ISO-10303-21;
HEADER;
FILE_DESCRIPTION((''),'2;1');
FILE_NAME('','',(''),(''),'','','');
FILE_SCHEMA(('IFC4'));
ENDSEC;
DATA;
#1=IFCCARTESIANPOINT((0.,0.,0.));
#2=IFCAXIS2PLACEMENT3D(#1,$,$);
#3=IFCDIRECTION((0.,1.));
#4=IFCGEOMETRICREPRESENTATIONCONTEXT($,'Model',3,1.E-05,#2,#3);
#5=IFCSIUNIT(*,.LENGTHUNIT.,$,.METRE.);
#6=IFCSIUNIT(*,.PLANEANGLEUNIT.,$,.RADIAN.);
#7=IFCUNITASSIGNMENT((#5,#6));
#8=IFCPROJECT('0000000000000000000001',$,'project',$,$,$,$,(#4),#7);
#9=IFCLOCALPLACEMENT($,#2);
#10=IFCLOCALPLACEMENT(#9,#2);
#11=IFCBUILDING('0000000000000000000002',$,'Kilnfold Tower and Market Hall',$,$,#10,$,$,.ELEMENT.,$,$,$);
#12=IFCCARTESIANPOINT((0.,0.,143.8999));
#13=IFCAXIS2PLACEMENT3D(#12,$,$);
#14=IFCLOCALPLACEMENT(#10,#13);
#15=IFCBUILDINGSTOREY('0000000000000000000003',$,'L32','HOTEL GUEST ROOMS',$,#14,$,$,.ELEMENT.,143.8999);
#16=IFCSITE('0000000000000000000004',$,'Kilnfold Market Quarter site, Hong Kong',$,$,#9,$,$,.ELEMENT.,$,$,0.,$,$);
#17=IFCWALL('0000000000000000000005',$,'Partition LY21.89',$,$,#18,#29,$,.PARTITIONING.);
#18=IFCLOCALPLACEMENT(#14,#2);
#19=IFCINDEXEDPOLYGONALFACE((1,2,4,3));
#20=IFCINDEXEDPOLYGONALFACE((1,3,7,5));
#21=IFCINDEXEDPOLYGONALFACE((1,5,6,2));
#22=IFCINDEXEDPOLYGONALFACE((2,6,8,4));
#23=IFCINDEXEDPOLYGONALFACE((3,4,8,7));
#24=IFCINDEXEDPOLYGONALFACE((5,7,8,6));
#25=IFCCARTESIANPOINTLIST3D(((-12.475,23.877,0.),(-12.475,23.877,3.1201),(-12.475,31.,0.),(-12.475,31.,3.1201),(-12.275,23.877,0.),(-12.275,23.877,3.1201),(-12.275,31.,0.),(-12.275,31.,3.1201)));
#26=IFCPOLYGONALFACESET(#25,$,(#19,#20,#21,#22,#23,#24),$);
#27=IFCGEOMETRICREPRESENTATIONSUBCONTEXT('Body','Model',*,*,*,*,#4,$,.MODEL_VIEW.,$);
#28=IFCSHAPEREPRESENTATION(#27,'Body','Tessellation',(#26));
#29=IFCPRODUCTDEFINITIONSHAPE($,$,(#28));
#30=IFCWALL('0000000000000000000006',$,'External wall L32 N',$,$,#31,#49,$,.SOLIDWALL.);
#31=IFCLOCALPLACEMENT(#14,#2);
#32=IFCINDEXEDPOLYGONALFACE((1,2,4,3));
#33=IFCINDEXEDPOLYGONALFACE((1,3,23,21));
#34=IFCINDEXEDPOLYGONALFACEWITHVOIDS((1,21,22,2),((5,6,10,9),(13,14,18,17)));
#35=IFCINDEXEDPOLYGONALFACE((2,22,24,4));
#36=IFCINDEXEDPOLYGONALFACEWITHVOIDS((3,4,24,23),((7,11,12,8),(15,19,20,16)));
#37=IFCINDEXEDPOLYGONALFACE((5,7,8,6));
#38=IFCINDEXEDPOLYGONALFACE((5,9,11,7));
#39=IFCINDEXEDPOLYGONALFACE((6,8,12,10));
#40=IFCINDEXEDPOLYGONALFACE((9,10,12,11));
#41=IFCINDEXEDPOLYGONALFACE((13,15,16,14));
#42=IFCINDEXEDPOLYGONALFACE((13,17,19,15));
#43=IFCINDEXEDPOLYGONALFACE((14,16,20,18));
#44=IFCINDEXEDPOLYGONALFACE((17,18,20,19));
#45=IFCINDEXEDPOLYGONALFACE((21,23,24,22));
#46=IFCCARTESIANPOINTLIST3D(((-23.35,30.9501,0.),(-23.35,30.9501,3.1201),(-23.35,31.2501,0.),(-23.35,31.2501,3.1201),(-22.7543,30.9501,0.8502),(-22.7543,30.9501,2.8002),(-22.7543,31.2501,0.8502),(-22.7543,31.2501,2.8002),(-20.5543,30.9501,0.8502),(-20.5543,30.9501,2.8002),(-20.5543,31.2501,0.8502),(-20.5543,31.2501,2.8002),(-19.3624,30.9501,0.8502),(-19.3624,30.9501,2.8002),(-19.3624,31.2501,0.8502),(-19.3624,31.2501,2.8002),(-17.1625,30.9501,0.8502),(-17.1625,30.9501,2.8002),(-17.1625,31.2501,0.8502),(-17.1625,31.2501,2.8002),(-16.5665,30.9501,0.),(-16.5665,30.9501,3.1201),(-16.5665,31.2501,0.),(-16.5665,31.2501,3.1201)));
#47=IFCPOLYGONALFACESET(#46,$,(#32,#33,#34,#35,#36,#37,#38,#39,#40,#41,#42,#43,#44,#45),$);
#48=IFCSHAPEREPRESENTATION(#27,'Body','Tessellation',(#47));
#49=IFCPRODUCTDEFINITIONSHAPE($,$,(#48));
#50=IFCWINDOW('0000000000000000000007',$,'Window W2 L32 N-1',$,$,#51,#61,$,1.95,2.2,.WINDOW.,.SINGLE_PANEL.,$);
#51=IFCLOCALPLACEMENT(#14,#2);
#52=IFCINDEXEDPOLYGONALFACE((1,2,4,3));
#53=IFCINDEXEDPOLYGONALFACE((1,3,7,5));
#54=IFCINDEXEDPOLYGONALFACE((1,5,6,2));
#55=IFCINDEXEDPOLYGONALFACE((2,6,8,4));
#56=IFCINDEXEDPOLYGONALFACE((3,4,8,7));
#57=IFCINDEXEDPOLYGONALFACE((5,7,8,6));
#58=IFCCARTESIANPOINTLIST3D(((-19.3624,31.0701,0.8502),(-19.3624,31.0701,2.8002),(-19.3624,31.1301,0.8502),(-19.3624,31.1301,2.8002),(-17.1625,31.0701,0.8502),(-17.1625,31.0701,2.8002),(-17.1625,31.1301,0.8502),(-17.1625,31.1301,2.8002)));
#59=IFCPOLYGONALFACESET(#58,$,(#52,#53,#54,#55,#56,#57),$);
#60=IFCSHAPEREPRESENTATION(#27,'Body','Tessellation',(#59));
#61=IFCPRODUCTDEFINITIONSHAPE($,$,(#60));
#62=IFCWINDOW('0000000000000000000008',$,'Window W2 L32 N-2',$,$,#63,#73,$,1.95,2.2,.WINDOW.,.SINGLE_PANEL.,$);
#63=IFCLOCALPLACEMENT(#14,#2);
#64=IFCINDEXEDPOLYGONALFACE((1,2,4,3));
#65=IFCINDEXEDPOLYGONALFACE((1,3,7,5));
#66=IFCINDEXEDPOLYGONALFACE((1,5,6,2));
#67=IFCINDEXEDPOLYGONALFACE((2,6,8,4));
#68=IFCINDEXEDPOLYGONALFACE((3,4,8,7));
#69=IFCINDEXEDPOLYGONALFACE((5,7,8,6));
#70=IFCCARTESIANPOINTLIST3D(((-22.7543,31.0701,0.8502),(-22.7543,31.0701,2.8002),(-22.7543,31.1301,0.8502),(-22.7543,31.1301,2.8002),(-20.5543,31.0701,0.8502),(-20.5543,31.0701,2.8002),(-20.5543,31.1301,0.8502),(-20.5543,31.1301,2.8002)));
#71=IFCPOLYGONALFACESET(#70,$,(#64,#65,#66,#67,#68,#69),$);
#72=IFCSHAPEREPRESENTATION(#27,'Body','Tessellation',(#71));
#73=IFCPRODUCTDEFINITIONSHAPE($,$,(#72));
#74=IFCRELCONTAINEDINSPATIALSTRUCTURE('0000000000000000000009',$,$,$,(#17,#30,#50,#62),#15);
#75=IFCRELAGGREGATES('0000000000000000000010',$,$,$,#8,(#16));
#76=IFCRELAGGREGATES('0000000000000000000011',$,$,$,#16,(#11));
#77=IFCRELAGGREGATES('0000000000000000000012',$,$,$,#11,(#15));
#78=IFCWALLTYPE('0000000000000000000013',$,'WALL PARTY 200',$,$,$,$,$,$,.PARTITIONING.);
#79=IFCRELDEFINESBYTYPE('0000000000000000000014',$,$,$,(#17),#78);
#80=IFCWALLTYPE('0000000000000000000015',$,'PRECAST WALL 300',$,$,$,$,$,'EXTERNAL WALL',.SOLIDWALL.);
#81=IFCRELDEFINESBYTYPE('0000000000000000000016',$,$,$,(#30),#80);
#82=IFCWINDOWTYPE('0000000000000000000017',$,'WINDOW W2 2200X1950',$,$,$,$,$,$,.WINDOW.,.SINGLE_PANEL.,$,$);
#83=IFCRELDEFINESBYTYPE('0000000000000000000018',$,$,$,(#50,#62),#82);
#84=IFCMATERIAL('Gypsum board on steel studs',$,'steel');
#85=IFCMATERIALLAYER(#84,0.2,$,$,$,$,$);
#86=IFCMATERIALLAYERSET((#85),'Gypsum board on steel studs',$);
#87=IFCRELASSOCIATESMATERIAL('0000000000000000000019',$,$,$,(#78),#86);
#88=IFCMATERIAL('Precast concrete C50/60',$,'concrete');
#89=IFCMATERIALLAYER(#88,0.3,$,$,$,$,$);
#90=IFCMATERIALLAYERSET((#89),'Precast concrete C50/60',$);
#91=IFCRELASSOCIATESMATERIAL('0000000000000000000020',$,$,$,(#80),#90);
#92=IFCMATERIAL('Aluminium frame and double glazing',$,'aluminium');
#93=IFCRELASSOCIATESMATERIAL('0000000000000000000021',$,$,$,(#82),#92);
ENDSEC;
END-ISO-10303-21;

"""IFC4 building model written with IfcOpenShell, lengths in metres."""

from ifc_helpers import new_model, si_unit, direction, frame, frame_2d, origin, place, context, subcontext, project, spatial, rectangle, extrude, source, transform, mapped, material, layer, layer_set, type_object, element, fill, save


model = new_model("IFC4")

# Units and contexts
model_context = context("Model", 3, precision=1e-05, world=origin(), true_north=direction((0.0, 1.0)))
body_context = subcontext(model_context, "Body", "Model", "MODEL_VIEW")
ifc_project = project(units=[si_unit("LENGTHUNIT", "METRE"), si_unit("PLANEANGLEUNIT", "RADIAN")], contexts=[model_context])

# Site, building, storey
site_placement = place(None, origin())
site = spatial("IfcSite", under=ifc_project, at=site_placement, Name="Kilnfold Market Quarter site, Hong Kong", CompositionType="ELEMENT", RefElevation=0.0)
building_placement = place(site_placement, origin())
building = spatial("IfcBuilding", under=site, at=building_placement, Name="Kilnfold Tower and Market Hall", CompositionType="ELEMENT")
storey_placement = place(building_placement, frame((0.0, 0.0, 143.8999)))
storey = spatial("IfcBuildingStorey", under=building, at=storey_placement, Name="L32", Description="HOTEL GUEST ROOMS", CompositionType="ELEMENT", Elevation=143.8999)

# Wall
ifc_material_1 = material(Name="Gypsum board on steel studs", Category="steel")
ifc_layer_1 = layer(ifc_material_1, 0.2)
ifc_layer_set_1 = layer_set([ifc_layer_1], Name="Gypsum board on steel studs")
wall_type_1 = type_object("IfcWallType", Name="WALL PARTY 200", PredefinedType="PARTITIONING", material=ifc_layer_set_1)
wall_1_placement = place(storey_placement, frame((-12.375, 23.877, 0.0), z_axis=(0.0, 0.0, 1.0), x_axis=(0.0, 1.0, 0.0)))
element("IfcWall", 1, at=wall_1_placement, inside=storey, type_object=wall_type_1, Name="Partition LY21.89", PredefinedType="PARTITIONING", context=body_context, shape_type="SweptSolid", body=[
    extrude(rectangle(XDim=7.123, YDim=0.2, at=frame_2d((3.5615, 0.0))), origin(), (0.0, 0.0, 1.0), 3.1201),
])

# Wall, openings, windows
ifc_material_2 = material(Name="Precast concrete C50/60", Category="concrete")
ifc_layer_2 = layer(ifc_material_2, 0.3)
ifc_layer_set_2 = layer_set([ifc_layer_2], Name="Precast concrete C50/60")
wall_type_2 = type_object("IfcWallType", Name="PRECAST WALL 300", ElementType="EXTERNAL WALL", PredefinedType="SOLIDWALL", material=ifc_layer_set_2)
shared_shape_1 = source(origin(), body_context, "Body", "SweptSolid", [
    extrude(rectangle(XDim=6.7834, YDim=0.3, at=frame_2d((3.3916, 0.0))), origin(), (0.0, 0.0, 1.0), 3.1201),
])
wall_2_placement = place(storey_placement, frame((-16.5667, 31.1001, 0.0), z_axis=(0.0, 0.0, 1.0), x_axis=(-1.0, 0.0, 0.0)))
wall_2 = element("IfcWall", 2, at=wall_2_placement, inside=storey, type_object=wall_type_2, Name="External wall L32 N", PredefinedType="SOLIDWALL", context=body_context, shape_type="MappedRepresentation", body=[
    mapped(shared_shape_1, transform((0.0, 0.0, 0.0))),
])
opening_1_placement = place(wall_2_placement, frame((0.5957, 0.0, 0.8501)))
opening_1 = element("IfcOpeningElement", 3, at=opening_1_placement, cuts=wall_2, PredefinedType="OPENING", context=body_context, shape_type="SweptSolid", body=[
    extrude(rectangle(XDim=2.2, YDim=1.95, at=frame_2d((1.1001, 0.9751))), frame((0.0, 0.1602, 0.0), z_axis=(0.0, -1.0, 0.0), x_axis=(1.0, 0.0, 0.0)), (0.0, 0.0, 1.0), 0.3201),
])
opening_2_placement = place(wall_2_placement, frame((3.9875, 0.0, 0.8501)))
opening_2 = element("IfcOpeningElement", 4, at=opening_2_placement, cuts=wall_2, PredefinedType="OPENING", context=body_context, shape_type="SweptSolid", body=[
    extrude(rectangle(XDim=2.2, YDim=1.95, at=frame_2d((1.1001, 0.9751))), frame((0.0, 0.1602, 0.0), z_axis=(0.0, -1.0, 0.0), x_axis=(1.0, 0.0, 0.0)), (0.0, 0.0, 1.0), 0.3201),
])
ifc_material_3 = material(Name="Aluminium frame and double glazing", Category="aluminium")
window_type = type_object("IfcWindowType", Name="WINDOW W2 2200X1950", PartitioningType="SINGLE_PANEL", PredefinedType="WINDOW", material=ifc_material_3)
window_1_placement = place(opening_1_placement, origin())
window_1 = element("IfcWindow", 5, at=window_1_placement, inside=storey, type_object=window_type, Name="Window W2 L32 N-1", OverallHeight=1.95, OverallWidth=2.2, PartitioningType="SINGLE_PANEL", PredefinedType="WINDOW", context=body_context, shape_type="SweptSolid", body=[
    extrude(rectangle(XDim=2.2, YDim=1.95, at=frame_2d((1.1001, 0.9751))), frame((0.0, 0.03, 0.0), z_axis=(0.0, -1.0, 0.0), x_axis=(1.0, 0.0, 0.0)), (0.0, 0.0, 1.0), 0.0601),
])
fill(opening_1, window_1)
window_2_placement = place(opening_2_placement, origin())
window_2 = element("IfcWindow", 6, at=window_2_placement, inside=storey, type_object=window_type, Name="Window W2 L32 N-2", OverallHeight=1.95, OverallWidth=2.2, PartitioningType="SINGLE_PANEL", PredefinedType="WINDOW", context=body_context, shape_type="SweptSolid", body=[
    extrude(rectangle(XDim=2.2, YDim=1.95, at=frame_2d((1.1001, 0.9751))), frame((0.0, 0.03, 0.0), z_axis=(0.0, -1.0, 0.0), x_axis=(1.0, 0.0, 0.0)), (0.0, 0.0, 1.0), 0.0601),
])
fill(opening_2, window_2)

save(model, "model.ifc")
